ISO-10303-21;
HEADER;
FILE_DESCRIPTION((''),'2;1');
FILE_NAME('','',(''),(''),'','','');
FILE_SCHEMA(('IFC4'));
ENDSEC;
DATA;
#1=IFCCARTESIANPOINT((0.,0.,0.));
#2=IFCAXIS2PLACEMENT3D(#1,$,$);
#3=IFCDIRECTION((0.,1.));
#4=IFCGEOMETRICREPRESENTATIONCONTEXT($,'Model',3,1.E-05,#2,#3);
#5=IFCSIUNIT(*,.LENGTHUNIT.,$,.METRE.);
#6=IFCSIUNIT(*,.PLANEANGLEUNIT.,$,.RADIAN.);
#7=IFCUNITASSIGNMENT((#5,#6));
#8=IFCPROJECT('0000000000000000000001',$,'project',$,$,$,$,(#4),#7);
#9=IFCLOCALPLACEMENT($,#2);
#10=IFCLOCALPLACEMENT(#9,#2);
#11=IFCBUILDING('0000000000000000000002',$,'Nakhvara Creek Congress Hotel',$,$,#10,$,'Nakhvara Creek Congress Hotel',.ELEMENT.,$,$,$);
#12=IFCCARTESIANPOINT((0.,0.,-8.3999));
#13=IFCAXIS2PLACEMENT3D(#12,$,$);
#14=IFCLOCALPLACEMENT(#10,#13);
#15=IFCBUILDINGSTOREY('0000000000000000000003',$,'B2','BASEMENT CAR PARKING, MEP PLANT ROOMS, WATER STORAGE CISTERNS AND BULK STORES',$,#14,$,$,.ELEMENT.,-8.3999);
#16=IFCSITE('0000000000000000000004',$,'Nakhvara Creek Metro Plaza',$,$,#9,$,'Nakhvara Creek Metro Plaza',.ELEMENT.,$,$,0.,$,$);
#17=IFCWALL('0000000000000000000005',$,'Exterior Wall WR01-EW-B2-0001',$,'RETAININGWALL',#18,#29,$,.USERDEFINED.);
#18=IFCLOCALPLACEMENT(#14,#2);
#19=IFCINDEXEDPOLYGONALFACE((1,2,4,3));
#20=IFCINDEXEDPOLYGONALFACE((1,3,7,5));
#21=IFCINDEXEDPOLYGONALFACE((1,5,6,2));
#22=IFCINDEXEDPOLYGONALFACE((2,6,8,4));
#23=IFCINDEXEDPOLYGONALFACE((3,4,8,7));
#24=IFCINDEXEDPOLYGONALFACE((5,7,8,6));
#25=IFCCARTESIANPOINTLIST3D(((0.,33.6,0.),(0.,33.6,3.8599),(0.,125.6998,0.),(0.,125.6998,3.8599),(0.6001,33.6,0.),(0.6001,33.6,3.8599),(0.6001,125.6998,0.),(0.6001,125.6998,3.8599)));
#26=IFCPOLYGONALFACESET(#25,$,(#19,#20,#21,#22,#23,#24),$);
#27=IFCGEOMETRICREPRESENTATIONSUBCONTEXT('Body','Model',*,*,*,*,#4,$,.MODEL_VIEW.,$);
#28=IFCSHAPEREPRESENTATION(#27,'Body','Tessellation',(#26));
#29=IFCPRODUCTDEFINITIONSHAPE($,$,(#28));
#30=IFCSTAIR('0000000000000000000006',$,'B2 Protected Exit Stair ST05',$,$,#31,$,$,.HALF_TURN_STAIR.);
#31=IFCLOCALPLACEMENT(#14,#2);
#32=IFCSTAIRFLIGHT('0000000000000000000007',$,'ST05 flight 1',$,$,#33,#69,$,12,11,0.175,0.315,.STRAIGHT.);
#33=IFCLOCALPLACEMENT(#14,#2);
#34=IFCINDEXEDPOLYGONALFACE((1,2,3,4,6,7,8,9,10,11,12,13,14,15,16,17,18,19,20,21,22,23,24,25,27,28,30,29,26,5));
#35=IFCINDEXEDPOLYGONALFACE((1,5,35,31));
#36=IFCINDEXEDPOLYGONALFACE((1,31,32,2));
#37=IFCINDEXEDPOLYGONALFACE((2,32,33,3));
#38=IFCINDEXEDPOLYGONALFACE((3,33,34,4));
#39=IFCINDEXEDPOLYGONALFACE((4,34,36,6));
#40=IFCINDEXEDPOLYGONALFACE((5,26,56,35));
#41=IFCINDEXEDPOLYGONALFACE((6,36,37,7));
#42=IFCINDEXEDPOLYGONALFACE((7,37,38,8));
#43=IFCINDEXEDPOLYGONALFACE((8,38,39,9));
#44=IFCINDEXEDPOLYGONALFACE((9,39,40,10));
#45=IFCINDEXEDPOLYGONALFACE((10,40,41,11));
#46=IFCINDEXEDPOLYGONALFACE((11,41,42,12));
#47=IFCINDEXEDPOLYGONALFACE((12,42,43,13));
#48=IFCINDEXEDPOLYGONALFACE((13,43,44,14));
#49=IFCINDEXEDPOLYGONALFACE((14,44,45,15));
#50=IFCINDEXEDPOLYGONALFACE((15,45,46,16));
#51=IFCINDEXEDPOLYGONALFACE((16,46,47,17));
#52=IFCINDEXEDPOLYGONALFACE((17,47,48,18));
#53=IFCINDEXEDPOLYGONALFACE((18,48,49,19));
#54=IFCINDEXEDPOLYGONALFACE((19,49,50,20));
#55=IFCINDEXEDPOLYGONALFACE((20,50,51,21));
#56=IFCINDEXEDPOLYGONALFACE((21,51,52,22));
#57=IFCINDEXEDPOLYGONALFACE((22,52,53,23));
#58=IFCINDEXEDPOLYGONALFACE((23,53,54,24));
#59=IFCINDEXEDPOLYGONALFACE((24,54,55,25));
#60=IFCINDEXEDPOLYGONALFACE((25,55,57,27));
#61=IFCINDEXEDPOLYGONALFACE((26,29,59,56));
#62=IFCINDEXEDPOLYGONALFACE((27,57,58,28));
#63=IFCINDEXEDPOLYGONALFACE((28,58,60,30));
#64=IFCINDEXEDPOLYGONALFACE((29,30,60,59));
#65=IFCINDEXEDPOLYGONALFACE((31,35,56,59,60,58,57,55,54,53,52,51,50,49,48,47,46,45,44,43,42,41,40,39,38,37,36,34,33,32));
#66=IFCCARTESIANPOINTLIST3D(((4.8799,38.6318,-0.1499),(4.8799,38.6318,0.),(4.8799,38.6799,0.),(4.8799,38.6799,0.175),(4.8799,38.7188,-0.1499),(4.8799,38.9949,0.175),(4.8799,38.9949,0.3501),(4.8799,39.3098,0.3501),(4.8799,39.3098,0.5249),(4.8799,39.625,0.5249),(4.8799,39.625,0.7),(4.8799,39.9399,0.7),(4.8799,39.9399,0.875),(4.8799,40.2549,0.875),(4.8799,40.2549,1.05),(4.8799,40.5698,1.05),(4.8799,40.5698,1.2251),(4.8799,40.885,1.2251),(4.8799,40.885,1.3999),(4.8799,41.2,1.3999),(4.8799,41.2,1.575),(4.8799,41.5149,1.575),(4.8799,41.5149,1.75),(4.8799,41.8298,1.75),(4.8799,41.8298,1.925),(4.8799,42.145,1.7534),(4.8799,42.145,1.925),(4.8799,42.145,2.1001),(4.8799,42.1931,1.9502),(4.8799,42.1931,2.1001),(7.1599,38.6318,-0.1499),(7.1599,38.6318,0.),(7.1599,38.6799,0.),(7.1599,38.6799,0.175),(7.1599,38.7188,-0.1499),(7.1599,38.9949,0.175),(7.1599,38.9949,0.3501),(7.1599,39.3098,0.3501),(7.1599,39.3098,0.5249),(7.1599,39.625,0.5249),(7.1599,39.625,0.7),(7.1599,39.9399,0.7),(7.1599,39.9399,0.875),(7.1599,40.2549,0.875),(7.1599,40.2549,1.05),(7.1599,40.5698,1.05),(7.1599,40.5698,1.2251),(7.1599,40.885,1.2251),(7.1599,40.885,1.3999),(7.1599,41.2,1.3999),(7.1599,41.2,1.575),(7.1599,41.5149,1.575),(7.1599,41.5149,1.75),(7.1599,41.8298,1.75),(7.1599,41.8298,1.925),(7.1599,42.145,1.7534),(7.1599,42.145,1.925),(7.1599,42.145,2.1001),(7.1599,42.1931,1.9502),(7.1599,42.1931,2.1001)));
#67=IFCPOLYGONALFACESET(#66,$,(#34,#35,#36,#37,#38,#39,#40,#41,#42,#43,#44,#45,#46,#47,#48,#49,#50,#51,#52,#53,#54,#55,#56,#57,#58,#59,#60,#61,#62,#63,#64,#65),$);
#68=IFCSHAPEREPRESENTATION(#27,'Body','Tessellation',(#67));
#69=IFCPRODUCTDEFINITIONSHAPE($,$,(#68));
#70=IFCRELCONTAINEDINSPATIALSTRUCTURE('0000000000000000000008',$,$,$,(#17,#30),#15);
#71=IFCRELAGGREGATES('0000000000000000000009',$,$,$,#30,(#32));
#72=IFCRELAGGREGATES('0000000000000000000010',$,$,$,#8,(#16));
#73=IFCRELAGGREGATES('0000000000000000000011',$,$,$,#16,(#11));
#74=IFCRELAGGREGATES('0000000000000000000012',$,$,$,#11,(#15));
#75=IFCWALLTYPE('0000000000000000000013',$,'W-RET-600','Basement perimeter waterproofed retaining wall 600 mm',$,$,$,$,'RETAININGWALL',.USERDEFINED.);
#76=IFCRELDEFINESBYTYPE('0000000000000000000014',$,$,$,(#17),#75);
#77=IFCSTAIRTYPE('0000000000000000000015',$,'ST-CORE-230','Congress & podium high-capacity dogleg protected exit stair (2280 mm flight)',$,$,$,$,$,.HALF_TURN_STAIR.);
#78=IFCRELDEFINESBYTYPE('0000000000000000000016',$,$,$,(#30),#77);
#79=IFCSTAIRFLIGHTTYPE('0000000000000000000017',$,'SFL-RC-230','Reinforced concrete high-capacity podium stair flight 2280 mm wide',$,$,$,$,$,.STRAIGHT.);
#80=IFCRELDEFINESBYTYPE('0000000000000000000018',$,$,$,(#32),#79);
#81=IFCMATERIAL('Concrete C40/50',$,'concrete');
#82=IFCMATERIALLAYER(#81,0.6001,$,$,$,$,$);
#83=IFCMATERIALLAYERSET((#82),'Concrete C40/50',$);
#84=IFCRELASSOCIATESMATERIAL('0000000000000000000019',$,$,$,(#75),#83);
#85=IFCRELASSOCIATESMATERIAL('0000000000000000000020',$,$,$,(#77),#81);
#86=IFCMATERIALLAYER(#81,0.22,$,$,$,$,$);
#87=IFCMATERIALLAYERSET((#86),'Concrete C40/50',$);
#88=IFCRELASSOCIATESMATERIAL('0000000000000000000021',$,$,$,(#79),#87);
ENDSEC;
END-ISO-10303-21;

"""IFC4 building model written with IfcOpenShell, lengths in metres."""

from ifc_helpers import new_model, si_unit, direction, frame, frame_2d, origin, place, context, subcontext, project, spatial, polyline, rectangle, outline, extrude, material, layer, layer_set, type_object, element, aggregate, save


model = new_model("IFC4")

# Units and contexts
model_context = context("Model", 3, precision=1e-05, world=origin(), true_north=direction((0.0, 1.0)))
body_context = subcontext(model_context, "Body", "Model", "MODEL_VIEW")
ifc_project = project(units=[si_unit("LENGTHUNIT", "METRE"), si_unit("PLANEANGLEUNIT", "RADIAN")], contexts=[model_context])

# Site, building, storey
site_placement = place(None, origin())
site = spatial("IfcSite", under=ifc_project, at=site_placement, Name="Nakhvara Creek Metro Plaza", LongName="Nakhvara Creek Metro Plaza", CompositionType="ELEMENT", RefElevation=0.0)
building_placement = place(site_placement, origin())
building = spatial("IfcBuilding", under=site, at=building_placement, Name="Nakhvara Creek Congress Hotel", LongName="Nakhvara Creek Congress Hotel", CompositionType="ELEMENT")
storey_placement = place(building_placement, frame((0.0, 0.0, -8.3999)))
storey = spatial("IfcBuildingStorey", under=building, at=storey_placement, Name="B2", Description="BASEMENT CAR PARKING, MEP PLANT ROOMS, WATER STORAGE CISTERNS AND BULK STORES", CompositionType="ELEMENT", Elevation=-8.3999)

# Shared definitions
ifc_material_1 = material(Name="Concrete C40/50", Category="concrete")

# Wall
ifc_layer_1 = layer(ifc_material_1, 0.6001)
ifc_layer_set_1 = layer_set([ifc_layer_1], Name="Concrete C40/50")
wall_type_1 = type_object("IfcWallType", Name="W-RET-600", Description="Basement perimeter waterproofed retaining wall 600 mm", ElementType="RETAININGWALL", PredefinedType="USERDEFINED", material=ifc_layer_set_1)
wall_1_placement = place(storey_placement, frame((0.3, 33.6001, 0.0), z_axis=(0.0, 0.0, 1.0), x_axis=(0.0, 1.0, 0.0)))
element("IfcWall", 1, at=wall_1_placement, inside=storey, type_object=wall_type_1, Name="Exterior Wall WR01-EW-B2-0001", ObjectType="RETAININGWALL", PredefinedType="USERDEFINED", context=body_context, shape_type="SweptSolid", body=[
    extrude(rectangle(XDim=92.0999, YDim=0.6001, at=frame_2d((46.0498, 0.0))), origin(), (0.0, 0.0, 1.0), 3.8599),
])

# Stair, stair flight
stair_type = type_object("IfcStairType", Name="ST-CORE-230", Description="Congress & podium high-capacity dogleg protected exit stair (2280 mm flight)", PredefinedType="HALF_TURN_STAIR", material=ifc_material_1)
stair_placement = place(storey_placement, origin())
stair = element("IfcStair", 2, at=stair_placement, inside=storey, type_object=stair_type, Name="B2 Protected Exit Stair ST05", PredefinedType="HALF_TURN_STAIR")
ifc_layer_2 = layer(ifc_material_1, 0.22)
ifc_layer_set_2 = layer_set([ifc_layer_2], Name="Concrete C40/50")
stair_flight_type = type_object("IfcStairFlightType", Name="SFL-RC-230", Description="Reinforced concrete high-capacity podium stair flight 2280 mm wide", PredefinedType="STRAIGHT", material=ifc_layer_set_2)
stair_flight_placement = place(storey_placement, frame((6.02, 38.6799, 0.0), z_axis=(0.0, 0.0, 1.0), x_axis=(0.0, 1.0, 0.0)))
stair_flight = element("IfcStairFlight", 3, at=stair_flight_placement, type_object=stair_flight_type, Name="ST05 flight 1", NumberOfRisers=12, NumberOfTreads=11, PredefinedType="STRAIGHT", RiserHeight=0.175, TreadLength=0.315, context=body_context, shape_type="SweptSolid", body=[
    extrude(outline(polyline([(-0.0481, 0.0), (0.0, 0.0), (0.0, 0.175), (0.3149, 0.175), (0.3149, 0.3501), (0.6299, 0.3501), (0.6299, 0.5249), (0.9451, 0.5249), (0.9451, 0.7), (1.26, 0.7), (1.26, 0.875), (1.575, 0.875), (1.575, 1.05), (1.8899, 1.05), (1.8899, 1.2251), (2.2051, 1.2251), (2.2051, 1.3999), (2.52, 1.3999), (2.52, 1.575), (2.835, 1.575), (2.835, 1.75), (3.1499, 1.75), (3.1499, 1.925), (3.4651, 1.925), (3.4651, 2.1001), (3.5132, 2.1001), (3.5132, 1.9502), (3.4651, 1.7534), (0.0388, -0.1499), (-0.0481, -0.1499), (-0.0481, 0.0)])), frame((0.0, 1.1401, 0.0), z_axis=(0.0, -1.0, 0.0), x_axis=(1.0, 0.0, 0.0)), (0.0, 0.0, 1.0), 2.28),
])
aggregate(stair, [stair_flight])

save(model, "model.ifc")
